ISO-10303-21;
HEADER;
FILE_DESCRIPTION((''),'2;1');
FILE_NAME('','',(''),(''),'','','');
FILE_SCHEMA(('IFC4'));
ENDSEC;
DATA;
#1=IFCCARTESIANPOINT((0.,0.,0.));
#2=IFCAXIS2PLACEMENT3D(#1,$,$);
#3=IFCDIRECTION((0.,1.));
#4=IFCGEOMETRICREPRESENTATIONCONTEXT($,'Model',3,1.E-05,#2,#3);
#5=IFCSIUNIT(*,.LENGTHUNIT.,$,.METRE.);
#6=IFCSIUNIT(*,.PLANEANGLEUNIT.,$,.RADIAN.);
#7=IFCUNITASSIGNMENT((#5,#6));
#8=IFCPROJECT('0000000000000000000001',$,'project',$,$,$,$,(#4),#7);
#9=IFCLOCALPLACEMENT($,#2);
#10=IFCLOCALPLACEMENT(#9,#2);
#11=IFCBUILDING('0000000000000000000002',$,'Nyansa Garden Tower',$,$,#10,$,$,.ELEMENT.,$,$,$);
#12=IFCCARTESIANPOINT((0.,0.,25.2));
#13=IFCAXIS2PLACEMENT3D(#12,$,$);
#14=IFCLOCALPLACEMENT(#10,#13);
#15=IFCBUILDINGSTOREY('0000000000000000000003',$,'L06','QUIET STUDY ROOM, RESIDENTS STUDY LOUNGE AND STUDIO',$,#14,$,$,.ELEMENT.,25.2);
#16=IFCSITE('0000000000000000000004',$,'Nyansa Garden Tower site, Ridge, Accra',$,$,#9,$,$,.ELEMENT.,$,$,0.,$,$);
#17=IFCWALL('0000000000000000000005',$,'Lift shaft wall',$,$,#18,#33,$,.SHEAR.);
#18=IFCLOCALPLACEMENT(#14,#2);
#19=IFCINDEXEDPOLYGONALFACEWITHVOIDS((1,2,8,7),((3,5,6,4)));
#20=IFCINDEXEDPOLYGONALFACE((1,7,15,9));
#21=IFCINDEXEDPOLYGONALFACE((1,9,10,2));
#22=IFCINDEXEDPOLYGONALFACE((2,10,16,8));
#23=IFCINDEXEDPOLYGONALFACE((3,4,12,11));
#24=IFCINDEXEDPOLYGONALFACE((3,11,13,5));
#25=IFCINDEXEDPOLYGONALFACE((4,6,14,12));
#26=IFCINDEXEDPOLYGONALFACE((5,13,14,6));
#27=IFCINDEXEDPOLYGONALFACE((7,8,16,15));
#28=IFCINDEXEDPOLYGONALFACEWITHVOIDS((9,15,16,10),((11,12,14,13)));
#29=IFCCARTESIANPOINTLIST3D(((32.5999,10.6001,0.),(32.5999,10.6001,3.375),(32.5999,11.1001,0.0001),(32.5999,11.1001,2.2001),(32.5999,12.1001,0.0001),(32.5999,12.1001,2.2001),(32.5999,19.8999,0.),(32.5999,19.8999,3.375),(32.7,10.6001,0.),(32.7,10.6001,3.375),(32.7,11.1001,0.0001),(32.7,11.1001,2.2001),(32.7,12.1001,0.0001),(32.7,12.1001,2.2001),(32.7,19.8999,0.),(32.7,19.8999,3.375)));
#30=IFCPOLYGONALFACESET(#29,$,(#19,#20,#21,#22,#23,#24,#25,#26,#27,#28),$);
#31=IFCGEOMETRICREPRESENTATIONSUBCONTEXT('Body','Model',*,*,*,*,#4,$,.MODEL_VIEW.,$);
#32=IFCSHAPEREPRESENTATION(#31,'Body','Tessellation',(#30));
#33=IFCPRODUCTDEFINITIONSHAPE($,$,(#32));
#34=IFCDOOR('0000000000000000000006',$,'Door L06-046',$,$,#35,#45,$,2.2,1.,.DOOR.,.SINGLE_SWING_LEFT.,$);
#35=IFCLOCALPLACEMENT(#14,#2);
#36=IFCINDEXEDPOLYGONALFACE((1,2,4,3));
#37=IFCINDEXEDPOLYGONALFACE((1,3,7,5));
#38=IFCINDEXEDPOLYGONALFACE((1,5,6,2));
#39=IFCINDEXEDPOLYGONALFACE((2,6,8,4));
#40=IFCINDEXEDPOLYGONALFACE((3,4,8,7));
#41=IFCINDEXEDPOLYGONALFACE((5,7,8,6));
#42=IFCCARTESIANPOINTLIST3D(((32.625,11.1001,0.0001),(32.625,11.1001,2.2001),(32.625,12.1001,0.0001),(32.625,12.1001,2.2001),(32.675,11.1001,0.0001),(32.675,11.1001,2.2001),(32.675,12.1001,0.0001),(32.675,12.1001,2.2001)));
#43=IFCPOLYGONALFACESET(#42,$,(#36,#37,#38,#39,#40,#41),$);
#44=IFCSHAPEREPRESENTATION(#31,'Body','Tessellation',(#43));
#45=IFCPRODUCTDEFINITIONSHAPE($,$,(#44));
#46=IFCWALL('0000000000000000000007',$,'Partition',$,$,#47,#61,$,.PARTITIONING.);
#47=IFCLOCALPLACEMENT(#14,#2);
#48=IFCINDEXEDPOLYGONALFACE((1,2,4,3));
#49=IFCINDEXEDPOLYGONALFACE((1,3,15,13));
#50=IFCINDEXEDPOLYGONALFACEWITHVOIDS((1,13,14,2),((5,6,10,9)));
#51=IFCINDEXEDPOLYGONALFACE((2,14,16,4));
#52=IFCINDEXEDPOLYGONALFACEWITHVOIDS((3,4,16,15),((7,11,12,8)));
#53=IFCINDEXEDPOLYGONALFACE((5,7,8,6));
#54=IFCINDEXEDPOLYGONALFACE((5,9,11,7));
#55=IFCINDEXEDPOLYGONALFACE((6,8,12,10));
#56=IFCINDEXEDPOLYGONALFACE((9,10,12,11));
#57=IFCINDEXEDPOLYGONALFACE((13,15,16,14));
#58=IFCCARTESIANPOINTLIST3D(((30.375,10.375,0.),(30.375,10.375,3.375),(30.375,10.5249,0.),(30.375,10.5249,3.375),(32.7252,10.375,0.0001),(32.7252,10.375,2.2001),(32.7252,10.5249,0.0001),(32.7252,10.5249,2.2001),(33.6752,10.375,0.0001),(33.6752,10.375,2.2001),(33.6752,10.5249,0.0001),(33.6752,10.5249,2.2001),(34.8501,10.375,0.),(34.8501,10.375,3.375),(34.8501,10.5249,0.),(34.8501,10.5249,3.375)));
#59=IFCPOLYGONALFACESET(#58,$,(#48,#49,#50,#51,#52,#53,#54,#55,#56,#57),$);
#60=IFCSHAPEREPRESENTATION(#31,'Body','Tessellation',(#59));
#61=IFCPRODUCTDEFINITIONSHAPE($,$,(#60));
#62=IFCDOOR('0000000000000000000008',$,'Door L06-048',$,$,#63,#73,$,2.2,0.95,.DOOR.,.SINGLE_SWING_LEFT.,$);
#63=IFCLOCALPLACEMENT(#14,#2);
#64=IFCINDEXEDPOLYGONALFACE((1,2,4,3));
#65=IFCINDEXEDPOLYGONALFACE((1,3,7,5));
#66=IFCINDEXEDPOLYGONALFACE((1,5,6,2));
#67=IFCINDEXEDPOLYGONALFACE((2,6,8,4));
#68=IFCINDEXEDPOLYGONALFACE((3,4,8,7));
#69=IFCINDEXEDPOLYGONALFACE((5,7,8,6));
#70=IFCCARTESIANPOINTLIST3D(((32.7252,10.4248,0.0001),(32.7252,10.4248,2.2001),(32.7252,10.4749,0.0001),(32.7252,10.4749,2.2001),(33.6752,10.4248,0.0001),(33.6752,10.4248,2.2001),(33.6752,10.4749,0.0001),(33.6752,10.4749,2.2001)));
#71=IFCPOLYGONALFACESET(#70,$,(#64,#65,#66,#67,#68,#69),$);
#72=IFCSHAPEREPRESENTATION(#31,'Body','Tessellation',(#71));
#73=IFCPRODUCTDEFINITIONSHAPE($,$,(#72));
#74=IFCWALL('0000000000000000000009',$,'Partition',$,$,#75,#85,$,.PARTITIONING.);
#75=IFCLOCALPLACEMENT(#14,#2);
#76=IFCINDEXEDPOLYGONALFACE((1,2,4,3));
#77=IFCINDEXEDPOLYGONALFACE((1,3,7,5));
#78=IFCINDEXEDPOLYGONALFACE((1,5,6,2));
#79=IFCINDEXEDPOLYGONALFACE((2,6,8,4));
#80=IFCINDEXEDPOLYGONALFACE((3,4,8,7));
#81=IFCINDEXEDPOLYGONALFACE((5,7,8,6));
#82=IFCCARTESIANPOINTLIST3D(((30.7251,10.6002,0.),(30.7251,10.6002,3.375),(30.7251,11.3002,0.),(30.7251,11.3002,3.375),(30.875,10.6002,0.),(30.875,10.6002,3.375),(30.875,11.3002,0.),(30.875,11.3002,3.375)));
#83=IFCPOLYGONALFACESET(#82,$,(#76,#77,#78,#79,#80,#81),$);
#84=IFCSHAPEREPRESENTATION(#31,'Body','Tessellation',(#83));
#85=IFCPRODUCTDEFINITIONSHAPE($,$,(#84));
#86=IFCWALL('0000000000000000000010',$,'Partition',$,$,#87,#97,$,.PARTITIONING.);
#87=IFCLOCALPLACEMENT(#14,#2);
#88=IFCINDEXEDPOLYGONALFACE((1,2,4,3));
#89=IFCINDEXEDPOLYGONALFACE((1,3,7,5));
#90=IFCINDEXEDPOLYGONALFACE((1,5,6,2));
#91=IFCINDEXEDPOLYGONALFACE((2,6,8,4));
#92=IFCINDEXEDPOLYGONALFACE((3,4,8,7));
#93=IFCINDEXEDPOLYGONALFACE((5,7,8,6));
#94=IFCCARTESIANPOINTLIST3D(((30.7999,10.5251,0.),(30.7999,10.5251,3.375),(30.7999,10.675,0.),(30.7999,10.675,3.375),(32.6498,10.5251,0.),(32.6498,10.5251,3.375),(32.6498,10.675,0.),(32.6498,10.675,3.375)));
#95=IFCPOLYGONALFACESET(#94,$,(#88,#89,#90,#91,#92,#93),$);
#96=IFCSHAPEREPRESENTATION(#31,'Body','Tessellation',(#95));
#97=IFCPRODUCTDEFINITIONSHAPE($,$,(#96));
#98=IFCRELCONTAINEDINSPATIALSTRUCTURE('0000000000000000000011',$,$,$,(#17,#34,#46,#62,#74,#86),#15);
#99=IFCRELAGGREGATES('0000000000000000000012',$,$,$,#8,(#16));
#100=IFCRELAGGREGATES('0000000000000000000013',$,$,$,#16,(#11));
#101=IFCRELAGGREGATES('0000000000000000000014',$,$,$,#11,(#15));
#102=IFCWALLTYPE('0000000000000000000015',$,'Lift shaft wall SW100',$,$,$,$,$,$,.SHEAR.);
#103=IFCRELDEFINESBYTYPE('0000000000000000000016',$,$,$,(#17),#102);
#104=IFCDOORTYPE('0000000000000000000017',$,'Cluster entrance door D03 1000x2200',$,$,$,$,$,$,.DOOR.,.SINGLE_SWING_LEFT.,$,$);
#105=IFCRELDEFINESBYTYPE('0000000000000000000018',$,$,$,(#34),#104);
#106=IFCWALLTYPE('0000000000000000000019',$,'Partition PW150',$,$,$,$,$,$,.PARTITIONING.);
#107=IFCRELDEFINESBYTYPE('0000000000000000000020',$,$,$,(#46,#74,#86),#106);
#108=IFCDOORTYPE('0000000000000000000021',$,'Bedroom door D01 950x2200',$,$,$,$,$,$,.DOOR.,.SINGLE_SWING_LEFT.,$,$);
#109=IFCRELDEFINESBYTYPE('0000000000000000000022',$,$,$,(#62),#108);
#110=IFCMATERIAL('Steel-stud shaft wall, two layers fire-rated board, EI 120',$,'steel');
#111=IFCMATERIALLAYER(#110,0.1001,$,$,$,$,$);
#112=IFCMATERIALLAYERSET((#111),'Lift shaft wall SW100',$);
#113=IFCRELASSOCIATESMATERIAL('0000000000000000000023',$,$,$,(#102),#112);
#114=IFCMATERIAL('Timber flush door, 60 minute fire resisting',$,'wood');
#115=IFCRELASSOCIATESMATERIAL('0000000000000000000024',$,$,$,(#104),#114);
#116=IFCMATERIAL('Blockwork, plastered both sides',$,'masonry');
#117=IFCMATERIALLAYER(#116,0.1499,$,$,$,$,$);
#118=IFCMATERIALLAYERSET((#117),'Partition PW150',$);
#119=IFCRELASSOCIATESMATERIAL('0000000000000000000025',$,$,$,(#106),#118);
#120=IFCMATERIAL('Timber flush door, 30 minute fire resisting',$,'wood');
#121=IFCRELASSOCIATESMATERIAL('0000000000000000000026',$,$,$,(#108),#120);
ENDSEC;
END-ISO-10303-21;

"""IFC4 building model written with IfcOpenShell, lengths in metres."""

from ifc_helpers import new_model, si_unit, direction, frame, frame_2d, origin, place, context, subcontext, project, spatial, rectangle, extrude, material, layer, layer_set, type_object, element, fill, save


model = new_model("IFC4")

# Units and contexts
model_context = context("Model", 3, precision=1e-05, world=origin(), true_north=direction((0.0, 1.0)))
body_context = subcontext(model_context, "Body", "Model", "MODEL_VIEW")
ifc_project = project(units=[si_unit("LENGTHUNIT", "METRE"), si_unit("PLANEANGLEUNIT", "RADIAN")], contexts=[model_context])

# Site, building, storey
site_placement = place(None, origin())
site = spatial("IfcSite", under=ifc_project, at=site_placement, Name="Nyansa Garden Tower site, Ridge, Accra", CompositionType="ELEMENT", RefElevation=0.0)
building_placement = place(site_placement, origin())
building = spatial("IfcBuilding", under=site, at=building_placement, Name="Nyansa Garden Tower", CompositionType="ELEMENT")
storey_placement = place(building_placement, frame((0.0, 0.0, 25.2)))
storey = spatial("IfcBuildingStorey", under=building, at=storey_placement, Name="L06", Description="QUIET STUDY ROOM, RESIDENTS STUDY LOUNGE AND STUDIO", CompositionType="ELEMENT", Elevation=25.2)

# Shared definitions
ifc_material_1 = material(Name="Steel-stud shaft wall, two layers fire-rated board, EI 120", Category="steel")
ifc_layer_1 = layer(ifc_material_1, 0.1001)
ifc_layer_set_1 = layer_set([ifc_layer_1], Name="Lift shaft wall SW100")
wall_type_1 = type_object("IfcWallType", Name="Lift shaft wall SW100", PredefinedType="SHEAR", material=ifc_layer_set_1)

# Walls, openings, doors
wall_1_placement = place(storey_placement, frame((32.6499, 10.6001, 0.0), z_axis=(0.0, 0.0, 1.0), x_axis=(0.0, 1.0, 0.0)))
wall_1 = element("IfcWall", 1, at=wall_1_placement, inside=storey, type_object=wall_type_1, Name="Lift shaft wall", PredefinedType="SHEAR", context=body_context, shape_type="SweptSolid", body=[
    extrude(rectangle(XDim=9.2998, YDim=0.1001, at=frame_2d((4.6499, 0.0))), origin(), (0.0, 0.0, 1.0), 3.375),
])
opening_1_placement = place(wall_1_placement, frame((0.5, 0.0, 0.0)))
opening_1 = element("IfcOpeningElement", 2, at=opening_1_placement, cuts=wall_1, PredefinedType="OPENING", context=body_context, shape_type="SweptSolid", body=[
    extrude(rectangle(XDim=1.0, YDim=2.2, at=frame_2d((0.5, 1.1001))), frame((0.0, 0.0601, 0.0), z_axis=(0.0, -1.0, 0.0), x_axis=(1.0, 0.0, 0.0)), (0.0, 0.0, 1.0), 0.1201),
])
ifc_material_2 = material(Name="Timber flush door, 60 minute fire resisting", Category="wood")
door_type_1 = type_object("IfcDoorType", Name="Cluster entrance door D03 1000x2200", OperationType="SINGLE_SWING_LEFT", PredefinedType="DOOR", material=ifc_material_2)
door_1_placement = place(opening_1_placement, origin())
door_1 = element("IfcDoor", 3, at=door_1_placement, inside=storey, type_object=door_type_1, Name="Door L06-046", OperationType="SINGLE_SWING_LEFT", OverallHeight=2.2, OverallWidth=1.0, PredefinedType="DOOR", context=body_context, shape_type="SweptSolid", body=[
    extrude(rectangle(XDim=1.0, YDim=2.2, at=frame_2d((0.5, 1.1001))), frame((0.0, 0.0249, 0.0), z_axis=(0.0, -1.0, 0.0), x_axis=(1.0, 0.0, 0.0)), (0.0, 0.0, 1.0), 0.05),
])
fill(opening_1, door_1)
ifc_material_3 = material(Name="Blockwork, plastered both sides", Category="masonry")
ifc_layer_2 = layer(ifc_material_3, 0.1499)
ifc_layer_set_2 = layer_set([ifc_layer_2], Name="Partition PW150")
wall_type_2 = type_object("IfcWallType", Name="Partition PW150", PredefinedType="PARTITIONING", material=ifc_layer_set_2)
wall_2_placement = place(storey_placement, frame((30.375, 10.45, 0.0), z_axis=(0.0, 0.0, 1.0), x_axis=(1.0, 0.0, 0.0)))
wall_2 = element("IfcWall", 4, at=wall_2_placement, inside=storey, type_object=wall_type_2, Name="Partition", PredefinedType="PARTITIONING", context=body_context, shape_type="SweptSolid", body=[
    extrude(rectangle(XDim=4.4751, YDim=0.1499, at=frame_2d((2.2375, 0.0))), origin(), (0.0, 0.0, 1.0), 3.375),
])
opening_2_placement = place(wall_2_placement, frame((2.3501, 0.0, 0.0)))
opening_2 = element("IfcOpeningElement", 5, at=opening_2_placement, cuts=wall_2, PredefinedType="OPENING", context=body_context, shape_type="SweptSolid", body=[
    extrude(rectangle(XDim=0.95, YDim=2.2, at=frame_2d((0.4751, 1.1001))), frame((0.0, 0.085, 0.0), z_axis=(0.0, -1.0, 0.0), x_axis=(1.0, 0.0, 0.0)), (0.0, 0.0, 1.0), 0.1699),
])
ifc_material_4 = material(Name="Timber flush door, 30 minute fire resisting", Category="wood")
door_type_2 = type_object("IfcDoorType", Name="Bedroom door D01 950x2200", OperationType="SINGLE_SWING_LEFT", PredefinedType="DOOR", material=ifc_material_4)
door_2_placement = place(opening_2_placement, origin())
door_2 = element("IfcDoor", 6, at=door_2_placement, inside=storey, type_object=door_type_2, Name="Door L06-048", OperationType="SINGLE_SWING_LEFT", OverallHeight=2.2, OverallWidth=0.95, PredefinedType="DOOR", context=body_context, shape_type="SweptSolid", body=[
    extrude(rectangle(XDim=0.95, YDim=2.2, at=frame_2d((0.4751, 1.1001))), frame((0.0, 0.0249, 0.0), z_axis=(0.0, -1.0, 0.0), x_axis=(1.0, 0.0, 0.0)), (0.0, 0.0, 1.0), 0.05),
])
fill(opening_2, door_2)

# Walls
wall_3_placement = place(storey_placement, frame((30.8, 10.6001, 0.0), z_axis=(0.0, 0.0, 1.0), x_axis=(0.0, 1.0, 0.0)))
element("IfcWall", 7, at=wall_3_placement, inside=storey, type_object=wall_type_2, Name="Partition", PredefinedType="PARTITIONING", context=body_context, shape_type="SweptSolid", body=[
    extrude(rectangle(XDim=0.7, YDim=0.1499, at=frame_2d((0.3501, 0.0))), origin(), (0.0, 0.0, 1.0), 3.375),
])
wall_4_placement = place(storey_placement, frame((30.8, 10.6001, 0.0), z_axis=(0.0, 0.0, 1.0), x_axis=(1.0, 0.0, 0.0)))
element("IfcWall", 8, at=wall_4_placement, inside=storey, type_object=wall_type_2, Name="Partition", PredefinedType="PARTITIONING", context=body_context, shape_type="SweptSolid", body=[
    extrude(rectangle(XDim=1.8499, YDim=0.1499, at=frame_2d((0.9248, 0.0))), origin(), (0.0, 0.0, 1.0), 3.375),
])

save(model, "model.ifc")
